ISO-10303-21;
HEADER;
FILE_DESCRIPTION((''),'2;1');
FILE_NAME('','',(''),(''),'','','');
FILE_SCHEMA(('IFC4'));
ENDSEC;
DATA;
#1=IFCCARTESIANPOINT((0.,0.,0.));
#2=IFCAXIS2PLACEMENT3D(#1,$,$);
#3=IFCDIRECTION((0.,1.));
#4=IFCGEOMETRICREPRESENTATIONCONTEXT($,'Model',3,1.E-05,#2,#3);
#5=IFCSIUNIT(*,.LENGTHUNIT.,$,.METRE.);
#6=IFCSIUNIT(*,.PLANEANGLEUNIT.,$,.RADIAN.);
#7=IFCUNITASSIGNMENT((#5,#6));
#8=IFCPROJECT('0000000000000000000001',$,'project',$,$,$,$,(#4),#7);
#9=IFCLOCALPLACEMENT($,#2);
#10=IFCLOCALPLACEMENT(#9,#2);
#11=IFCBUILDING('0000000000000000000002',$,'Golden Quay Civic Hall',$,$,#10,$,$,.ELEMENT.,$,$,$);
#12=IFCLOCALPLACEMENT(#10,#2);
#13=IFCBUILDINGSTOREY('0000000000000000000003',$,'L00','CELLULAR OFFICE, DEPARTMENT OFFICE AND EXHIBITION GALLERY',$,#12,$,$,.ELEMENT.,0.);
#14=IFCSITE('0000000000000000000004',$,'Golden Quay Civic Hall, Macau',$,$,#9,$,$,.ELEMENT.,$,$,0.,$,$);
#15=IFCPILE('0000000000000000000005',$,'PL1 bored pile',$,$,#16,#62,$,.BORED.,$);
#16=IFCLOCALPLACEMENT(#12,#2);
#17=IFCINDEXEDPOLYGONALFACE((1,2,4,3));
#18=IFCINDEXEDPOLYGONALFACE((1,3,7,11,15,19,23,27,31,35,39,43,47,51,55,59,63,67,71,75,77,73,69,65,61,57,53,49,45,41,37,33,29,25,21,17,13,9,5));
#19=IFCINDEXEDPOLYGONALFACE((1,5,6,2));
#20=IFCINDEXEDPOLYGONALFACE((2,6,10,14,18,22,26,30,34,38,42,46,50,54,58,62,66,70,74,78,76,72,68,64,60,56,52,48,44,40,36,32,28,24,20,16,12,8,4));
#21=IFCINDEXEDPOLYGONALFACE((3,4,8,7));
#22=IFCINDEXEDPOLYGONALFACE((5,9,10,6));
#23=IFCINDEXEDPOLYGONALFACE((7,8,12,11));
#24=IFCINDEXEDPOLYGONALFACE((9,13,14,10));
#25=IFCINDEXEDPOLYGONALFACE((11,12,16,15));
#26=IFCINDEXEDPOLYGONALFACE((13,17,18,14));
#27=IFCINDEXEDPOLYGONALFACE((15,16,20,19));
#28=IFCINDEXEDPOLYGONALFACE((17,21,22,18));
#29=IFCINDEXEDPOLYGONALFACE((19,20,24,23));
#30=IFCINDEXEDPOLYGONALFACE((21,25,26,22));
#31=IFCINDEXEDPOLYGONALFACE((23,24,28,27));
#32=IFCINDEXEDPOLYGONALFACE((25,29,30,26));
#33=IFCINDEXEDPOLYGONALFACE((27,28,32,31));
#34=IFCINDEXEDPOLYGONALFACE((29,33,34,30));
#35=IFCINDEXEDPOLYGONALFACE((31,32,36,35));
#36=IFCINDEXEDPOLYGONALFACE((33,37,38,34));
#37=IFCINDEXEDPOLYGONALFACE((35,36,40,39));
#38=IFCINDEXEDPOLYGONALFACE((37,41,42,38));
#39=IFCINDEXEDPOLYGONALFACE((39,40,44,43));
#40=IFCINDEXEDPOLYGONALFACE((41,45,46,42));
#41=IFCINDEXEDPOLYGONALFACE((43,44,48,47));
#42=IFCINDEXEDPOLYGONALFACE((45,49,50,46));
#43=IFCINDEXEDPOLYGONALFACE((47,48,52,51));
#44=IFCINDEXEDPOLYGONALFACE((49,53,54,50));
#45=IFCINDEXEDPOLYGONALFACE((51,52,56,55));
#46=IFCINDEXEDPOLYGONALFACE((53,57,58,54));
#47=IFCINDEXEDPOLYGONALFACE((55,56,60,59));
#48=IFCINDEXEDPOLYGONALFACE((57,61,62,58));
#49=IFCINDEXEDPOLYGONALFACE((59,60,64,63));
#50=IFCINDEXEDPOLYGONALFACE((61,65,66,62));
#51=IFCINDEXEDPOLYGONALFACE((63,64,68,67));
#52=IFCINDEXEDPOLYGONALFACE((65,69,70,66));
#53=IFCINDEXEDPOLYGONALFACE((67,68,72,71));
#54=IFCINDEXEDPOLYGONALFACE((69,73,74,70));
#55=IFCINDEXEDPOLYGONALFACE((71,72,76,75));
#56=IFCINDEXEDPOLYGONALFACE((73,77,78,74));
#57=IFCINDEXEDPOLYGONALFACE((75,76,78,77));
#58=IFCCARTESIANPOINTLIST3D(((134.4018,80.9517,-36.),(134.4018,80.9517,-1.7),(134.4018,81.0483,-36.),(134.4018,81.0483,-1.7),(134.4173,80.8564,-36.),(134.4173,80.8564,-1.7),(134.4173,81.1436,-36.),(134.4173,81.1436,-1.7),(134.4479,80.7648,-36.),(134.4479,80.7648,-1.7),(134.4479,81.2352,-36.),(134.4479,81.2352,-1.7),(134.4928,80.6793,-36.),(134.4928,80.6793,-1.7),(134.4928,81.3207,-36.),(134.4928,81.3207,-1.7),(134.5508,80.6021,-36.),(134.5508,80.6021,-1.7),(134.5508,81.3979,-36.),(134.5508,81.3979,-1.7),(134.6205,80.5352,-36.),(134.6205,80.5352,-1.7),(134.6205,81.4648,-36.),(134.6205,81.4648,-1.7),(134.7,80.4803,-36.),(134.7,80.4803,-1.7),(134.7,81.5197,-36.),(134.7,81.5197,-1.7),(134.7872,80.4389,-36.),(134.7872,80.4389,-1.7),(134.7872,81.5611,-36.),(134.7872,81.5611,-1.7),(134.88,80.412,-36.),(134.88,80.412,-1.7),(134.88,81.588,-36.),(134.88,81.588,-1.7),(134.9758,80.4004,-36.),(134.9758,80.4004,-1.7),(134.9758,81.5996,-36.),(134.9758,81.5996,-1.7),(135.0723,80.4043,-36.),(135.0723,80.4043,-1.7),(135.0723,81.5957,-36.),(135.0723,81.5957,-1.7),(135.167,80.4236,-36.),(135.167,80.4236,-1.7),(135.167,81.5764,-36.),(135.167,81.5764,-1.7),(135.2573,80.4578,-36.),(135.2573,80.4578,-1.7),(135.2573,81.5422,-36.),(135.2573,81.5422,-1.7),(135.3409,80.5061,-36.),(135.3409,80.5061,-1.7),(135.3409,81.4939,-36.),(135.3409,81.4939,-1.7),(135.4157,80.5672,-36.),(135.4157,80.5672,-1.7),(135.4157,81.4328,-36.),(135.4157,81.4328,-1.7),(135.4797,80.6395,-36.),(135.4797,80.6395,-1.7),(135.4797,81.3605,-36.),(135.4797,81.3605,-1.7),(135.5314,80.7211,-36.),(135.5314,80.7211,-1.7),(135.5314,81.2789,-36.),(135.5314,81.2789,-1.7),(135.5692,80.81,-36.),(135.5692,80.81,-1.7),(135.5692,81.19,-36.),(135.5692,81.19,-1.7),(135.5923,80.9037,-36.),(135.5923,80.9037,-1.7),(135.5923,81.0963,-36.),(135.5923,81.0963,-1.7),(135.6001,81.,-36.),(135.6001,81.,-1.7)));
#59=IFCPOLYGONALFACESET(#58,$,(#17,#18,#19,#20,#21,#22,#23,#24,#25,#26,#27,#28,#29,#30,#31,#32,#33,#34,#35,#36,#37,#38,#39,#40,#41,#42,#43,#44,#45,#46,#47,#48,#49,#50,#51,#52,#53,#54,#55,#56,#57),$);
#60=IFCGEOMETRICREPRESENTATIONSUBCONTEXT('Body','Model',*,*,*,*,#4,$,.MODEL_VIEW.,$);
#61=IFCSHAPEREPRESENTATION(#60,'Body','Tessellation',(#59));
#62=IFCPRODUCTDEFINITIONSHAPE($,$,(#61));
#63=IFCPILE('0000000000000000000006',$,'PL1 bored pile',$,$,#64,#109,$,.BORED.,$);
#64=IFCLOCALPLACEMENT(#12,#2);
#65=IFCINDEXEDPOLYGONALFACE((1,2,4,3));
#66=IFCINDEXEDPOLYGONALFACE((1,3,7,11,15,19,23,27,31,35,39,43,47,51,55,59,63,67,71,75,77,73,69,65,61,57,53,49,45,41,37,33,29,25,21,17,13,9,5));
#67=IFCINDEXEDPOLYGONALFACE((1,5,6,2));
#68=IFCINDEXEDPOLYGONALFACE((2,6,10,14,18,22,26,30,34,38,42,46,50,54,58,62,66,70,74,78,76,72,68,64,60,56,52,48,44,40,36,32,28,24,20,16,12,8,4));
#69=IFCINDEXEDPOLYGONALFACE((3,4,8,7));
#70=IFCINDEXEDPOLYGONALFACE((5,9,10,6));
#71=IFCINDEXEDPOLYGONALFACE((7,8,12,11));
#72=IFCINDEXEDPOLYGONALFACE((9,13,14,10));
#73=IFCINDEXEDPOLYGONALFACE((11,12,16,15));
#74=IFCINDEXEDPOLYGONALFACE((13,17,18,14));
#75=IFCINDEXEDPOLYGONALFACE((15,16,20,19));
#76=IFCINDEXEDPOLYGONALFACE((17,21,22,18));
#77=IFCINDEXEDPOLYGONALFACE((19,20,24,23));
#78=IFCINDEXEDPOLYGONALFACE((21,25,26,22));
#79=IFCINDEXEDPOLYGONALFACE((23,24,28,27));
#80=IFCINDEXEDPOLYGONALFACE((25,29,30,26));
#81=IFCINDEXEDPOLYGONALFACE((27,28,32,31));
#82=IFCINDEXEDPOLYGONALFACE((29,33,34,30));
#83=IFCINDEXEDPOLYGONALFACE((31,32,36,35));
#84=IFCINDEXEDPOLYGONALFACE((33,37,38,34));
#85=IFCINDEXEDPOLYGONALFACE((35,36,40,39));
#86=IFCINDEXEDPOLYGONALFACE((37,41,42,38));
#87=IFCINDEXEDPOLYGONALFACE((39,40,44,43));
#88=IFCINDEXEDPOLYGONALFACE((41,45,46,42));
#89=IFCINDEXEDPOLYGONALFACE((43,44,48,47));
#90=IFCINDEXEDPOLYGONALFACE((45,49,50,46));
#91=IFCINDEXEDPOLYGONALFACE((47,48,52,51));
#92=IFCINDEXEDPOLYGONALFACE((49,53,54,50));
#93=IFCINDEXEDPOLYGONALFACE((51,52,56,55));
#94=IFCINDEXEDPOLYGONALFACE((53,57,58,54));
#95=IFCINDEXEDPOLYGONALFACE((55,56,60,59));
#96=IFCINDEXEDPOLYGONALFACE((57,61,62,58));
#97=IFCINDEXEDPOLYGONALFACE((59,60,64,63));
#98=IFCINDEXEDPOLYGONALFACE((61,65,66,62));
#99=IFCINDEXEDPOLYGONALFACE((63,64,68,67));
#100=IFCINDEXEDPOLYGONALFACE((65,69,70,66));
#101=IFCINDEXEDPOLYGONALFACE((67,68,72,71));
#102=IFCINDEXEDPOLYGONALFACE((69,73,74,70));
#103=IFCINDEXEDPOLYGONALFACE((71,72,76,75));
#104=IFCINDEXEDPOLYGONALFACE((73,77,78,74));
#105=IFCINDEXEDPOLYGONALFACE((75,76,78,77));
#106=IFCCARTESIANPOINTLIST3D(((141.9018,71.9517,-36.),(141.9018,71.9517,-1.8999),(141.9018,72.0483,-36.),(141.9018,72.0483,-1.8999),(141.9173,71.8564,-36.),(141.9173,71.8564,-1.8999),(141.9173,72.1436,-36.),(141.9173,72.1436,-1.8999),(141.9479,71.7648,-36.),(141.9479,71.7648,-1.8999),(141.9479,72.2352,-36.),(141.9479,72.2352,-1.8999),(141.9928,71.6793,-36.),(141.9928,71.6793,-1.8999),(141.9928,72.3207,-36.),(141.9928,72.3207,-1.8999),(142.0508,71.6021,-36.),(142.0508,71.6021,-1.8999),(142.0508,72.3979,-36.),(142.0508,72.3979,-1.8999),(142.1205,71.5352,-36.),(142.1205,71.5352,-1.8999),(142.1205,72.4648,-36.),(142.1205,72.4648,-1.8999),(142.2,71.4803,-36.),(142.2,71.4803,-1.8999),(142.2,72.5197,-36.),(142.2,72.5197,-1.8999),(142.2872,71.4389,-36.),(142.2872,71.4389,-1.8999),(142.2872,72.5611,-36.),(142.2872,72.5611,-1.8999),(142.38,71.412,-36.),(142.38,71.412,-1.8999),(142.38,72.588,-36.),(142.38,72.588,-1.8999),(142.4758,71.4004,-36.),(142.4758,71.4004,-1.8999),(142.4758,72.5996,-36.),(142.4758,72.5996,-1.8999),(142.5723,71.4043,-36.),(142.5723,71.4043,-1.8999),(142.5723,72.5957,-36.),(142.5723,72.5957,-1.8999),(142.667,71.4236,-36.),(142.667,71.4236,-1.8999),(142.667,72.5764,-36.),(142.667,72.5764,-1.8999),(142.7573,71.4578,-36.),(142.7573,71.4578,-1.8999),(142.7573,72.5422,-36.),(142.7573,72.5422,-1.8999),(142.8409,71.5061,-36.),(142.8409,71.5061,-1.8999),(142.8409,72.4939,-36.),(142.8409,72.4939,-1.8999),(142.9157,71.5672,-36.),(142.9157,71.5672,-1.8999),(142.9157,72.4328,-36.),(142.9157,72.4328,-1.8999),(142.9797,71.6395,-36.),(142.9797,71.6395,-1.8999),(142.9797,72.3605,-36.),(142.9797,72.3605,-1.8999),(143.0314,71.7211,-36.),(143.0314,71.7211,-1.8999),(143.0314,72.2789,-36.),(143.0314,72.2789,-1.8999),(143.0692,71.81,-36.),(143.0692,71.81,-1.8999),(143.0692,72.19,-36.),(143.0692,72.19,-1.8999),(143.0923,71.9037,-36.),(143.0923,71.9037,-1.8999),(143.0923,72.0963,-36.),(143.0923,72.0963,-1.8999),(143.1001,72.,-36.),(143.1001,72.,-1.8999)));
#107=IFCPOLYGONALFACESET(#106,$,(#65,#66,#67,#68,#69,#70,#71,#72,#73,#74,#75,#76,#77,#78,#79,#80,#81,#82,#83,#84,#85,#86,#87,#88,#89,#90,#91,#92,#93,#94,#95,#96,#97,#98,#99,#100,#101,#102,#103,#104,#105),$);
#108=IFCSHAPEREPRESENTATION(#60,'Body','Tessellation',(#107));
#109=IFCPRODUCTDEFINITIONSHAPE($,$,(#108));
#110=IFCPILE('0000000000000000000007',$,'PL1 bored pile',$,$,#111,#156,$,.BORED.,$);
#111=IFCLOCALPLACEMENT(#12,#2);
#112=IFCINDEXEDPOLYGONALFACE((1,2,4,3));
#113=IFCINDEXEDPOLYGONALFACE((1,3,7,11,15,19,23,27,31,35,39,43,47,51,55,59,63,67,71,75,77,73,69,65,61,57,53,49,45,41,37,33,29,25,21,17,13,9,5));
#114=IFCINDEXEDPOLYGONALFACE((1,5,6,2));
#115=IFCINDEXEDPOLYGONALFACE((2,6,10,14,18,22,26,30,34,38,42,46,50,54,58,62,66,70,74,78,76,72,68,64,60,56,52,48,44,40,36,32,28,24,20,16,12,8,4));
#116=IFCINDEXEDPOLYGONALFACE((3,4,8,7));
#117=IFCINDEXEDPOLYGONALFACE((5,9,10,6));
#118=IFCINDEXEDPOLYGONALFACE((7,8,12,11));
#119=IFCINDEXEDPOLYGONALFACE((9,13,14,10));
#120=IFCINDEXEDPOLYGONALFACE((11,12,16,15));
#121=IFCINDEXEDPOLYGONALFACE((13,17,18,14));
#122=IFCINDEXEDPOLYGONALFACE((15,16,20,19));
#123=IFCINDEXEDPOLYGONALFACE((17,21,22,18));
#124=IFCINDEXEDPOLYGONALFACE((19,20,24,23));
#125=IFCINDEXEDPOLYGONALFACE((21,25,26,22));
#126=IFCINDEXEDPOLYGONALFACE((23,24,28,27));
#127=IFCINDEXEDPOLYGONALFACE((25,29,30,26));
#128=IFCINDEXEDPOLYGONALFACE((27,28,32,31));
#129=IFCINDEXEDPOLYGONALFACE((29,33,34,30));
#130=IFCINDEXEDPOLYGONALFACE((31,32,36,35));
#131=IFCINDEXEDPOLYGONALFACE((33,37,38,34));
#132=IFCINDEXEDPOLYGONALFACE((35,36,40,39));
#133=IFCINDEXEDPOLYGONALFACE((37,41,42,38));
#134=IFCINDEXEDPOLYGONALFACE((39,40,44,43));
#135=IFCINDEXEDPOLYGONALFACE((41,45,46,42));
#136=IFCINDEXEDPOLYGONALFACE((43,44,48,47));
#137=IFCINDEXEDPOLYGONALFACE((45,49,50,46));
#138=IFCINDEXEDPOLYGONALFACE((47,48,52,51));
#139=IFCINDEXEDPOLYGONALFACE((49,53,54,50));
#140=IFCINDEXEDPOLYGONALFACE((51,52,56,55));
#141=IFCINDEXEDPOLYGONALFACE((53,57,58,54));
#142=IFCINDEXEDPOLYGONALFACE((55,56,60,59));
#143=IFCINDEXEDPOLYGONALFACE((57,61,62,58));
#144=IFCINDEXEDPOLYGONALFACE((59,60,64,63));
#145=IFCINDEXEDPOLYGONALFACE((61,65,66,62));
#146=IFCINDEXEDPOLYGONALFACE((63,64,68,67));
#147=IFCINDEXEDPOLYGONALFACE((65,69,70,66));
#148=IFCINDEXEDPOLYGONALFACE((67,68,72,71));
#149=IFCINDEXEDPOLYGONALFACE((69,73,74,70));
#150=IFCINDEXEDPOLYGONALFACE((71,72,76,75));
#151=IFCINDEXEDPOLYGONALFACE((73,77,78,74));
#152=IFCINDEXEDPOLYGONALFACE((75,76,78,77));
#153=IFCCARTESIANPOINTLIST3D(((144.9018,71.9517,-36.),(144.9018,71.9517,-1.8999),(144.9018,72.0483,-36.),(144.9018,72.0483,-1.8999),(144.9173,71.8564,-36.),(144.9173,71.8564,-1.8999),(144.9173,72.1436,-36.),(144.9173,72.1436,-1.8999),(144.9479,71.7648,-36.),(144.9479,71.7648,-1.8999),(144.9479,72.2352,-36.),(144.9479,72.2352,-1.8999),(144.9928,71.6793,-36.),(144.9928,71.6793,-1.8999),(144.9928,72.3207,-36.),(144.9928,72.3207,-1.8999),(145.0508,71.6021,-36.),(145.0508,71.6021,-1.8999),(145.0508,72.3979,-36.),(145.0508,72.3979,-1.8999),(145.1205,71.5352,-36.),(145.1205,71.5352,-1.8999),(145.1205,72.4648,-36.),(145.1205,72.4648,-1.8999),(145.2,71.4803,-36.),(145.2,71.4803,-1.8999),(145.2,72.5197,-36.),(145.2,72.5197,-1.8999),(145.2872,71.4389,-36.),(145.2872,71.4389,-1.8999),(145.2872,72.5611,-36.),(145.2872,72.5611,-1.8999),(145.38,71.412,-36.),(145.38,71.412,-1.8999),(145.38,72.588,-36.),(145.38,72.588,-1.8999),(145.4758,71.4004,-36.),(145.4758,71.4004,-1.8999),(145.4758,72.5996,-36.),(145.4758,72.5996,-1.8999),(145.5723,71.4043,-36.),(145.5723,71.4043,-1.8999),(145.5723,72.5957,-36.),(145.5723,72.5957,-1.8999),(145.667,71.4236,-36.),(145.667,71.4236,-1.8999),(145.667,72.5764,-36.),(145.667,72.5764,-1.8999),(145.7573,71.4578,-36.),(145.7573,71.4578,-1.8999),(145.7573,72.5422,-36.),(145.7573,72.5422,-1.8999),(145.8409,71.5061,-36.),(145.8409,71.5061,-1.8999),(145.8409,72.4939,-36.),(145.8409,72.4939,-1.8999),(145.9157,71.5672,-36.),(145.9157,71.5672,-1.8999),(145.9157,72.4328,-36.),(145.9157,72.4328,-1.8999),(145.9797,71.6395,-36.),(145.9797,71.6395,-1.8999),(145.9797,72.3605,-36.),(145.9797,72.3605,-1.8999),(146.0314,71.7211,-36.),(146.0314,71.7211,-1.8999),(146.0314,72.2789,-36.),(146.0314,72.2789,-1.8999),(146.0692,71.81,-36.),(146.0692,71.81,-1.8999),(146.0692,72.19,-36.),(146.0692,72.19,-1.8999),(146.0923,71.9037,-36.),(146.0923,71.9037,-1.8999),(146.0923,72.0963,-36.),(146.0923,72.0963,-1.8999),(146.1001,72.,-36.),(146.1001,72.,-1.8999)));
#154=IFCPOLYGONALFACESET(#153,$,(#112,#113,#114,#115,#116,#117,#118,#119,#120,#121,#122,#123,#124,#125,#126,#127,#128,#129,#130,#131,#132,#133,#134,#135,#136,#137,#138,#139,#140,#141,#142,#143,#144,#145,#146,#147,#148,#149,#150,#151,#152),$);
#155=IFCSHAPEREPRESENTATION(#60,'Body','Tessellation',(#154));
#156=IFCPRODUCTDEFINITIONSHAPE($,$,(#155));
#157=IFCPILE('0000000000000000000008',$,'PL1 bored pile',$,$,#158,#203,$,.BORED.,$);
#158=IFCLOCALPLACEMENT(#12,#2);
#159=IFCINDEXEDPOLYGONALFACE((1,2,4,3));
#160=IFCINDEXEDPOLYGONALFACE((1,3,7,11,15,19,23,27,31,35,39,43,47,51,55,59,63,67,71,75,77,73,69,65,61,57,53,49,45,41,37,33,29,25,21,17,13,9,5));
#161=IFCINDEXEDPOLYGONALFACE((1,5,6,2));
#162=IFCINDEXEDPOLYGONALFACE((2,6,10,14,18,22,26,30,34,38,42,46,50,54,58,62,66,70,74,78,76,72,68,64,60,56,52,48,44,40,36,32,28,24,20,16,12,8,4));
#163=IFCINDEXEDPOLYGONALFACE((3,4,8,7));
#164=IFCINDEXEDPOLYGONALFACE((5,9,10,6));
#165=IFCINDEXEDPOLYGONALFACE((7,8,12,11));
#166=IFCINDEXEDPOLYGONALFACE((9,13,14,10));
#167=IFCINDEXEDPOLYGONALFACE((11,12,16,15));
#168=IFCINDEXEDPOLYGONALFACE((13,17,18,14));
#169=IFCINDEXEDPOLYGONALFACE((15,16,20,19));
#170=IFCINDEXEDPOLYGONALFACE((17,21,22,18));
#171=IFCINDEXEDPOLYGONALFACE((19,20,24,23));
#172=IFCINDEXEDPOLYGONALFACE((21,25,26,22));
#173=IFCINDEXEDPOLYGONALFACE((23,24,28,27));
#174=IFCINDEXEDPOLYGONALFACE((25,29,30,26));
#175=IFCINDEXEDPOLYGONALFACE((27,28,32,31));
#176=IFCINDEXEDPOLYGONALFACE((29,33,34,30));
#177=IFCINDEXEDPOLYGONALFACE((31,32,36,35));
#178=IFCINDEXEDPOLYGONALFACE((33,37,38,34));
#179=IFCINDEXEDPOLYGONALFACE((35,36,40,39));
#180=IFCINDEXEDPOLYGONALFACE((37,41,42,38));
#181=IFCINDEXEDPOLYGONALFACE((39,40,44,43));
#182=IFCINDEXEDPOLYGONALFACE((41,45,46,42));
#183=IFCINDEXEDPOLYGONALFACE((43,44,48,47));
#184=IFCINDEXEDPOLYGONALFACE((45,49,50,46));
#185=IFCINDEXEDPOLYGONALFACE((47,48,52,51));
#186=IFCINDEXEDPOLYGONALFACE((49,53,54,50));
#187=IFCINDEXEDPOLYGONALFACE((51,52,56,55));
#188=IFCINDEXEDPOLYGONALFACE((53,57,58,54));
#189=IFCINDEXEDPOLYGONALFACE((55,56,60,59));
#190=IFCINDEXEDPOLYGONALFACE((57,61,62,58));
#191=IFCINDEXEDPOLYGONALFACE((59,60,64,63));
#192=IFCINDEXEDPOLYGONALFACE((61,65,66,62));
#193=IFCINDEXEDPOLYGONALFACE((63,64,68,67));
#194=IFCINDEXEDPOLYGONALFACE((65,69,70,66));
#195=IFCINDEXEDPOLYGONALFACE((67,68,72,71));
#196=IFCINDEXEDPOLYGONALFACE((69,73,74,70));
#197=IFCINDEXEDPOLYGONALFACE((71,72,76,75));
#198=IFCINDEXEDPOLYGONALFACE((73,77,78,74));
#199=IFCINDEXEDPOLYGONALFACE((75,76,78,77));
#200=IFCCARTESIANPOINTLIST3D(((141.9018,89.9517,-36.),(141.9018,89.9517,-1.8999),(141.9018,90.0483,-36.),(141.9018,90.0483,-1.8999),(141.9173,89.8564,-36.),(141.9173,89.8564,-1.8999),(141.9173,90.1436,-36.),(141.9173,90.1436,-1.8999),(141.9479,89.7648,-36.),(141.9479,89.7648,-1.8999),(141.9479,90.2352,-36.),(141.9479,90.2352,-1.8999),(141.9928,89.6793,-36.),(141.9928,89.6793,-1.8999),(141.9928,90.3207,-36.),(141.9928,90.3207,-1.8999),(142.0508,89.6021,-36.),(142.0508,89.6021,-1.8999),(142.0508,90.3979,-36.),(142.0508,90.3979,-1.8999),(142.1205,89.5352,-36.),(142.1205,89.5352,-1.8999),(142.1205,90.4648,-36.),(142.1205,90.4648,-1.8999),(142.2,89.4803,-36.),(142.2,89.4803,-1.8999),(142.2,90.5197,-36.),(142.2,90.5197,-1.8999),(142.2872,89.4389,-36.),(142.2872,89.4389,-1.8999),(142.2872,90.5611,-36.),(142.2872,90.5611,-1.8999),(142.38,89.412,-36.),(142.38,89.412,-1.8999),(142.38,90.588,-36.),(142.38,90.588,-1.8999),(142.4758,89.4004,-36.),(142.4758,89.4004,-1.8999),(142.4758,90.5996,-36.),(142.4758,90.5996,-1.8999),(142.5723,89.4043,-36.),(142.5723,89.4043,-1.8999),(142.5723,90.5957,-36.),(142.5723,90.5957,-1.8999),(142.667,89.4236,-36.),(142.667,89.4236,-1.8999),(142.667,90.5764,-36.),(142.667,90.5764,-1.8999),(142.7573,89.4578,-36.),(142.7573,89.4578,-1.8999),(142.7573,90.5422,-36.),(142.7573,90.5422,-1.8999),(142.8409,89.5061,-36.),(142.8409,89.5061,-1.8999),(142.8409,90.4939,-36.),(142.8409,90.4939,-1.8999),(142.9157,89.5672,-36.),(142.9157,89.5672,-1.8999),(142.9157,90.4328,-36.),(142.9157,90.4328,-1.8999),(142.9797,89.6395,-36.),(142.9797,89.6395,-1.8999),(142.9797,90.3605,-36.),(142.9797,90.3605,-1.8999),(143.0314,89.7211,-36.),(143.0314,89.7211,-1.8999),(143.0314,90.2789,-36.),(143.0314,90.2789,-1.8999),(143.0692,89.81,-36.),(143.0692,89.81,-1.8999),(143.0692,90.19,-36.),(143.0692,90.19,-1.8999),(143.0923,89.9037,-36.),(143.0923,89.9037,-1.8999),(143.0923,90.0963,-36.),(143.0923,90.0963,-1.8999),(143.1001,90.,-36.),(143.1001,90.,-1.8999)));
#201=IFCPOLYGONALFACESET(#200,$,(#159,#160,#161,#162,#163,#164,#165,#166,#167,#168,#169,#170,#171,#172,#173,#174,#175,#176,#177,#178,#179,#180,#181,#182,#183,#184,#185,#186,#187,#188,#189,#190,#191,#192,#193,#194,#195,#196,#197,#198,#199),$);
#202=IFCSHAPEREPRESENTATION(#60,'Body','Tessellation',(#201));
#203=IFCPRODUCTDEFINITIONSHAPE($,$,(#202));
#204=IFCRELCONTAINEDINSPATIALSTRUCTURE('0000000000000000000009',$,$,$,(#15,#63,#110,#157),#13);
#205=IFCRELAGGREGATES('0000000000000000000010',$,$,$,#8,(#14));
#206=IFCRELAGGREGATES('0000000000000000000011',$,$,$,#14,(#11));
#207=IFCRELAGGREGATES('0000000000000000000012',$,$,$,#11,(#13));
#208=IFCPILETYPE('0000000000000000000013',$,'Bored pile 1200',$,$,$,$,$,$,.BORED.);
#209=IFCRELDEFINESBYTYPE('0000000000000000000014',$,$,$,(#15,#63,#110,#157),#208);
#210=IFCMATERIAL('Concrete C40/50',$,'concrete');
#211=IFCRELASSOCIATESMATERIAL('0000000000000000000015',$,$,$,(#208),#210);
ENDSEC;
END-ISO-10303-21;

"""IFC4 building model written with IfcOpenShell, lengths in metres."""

from ifc_helpers import new_model, si_unit, direction, frame, origin, origin_2d, place, context, subcontext, project, spatial, circle, extrude, material, material_profile, profile_set, type_object, element, save


model = new_model("IFC4")

# Units and contexts
model_context = context("Model", 3, precision=1e-05, world=origin(), true_north=direction((0.0, 1.0)))
body_context = subcontext(model_context, "Body", "Model", "MODEL_VIEW")
ifc_project = project(units=[si_unit("LENGTHUNIT", "METRE"), si_unit("PLANEANGLEUNIT", "RADIAN")], contexts=[model_context])

# Site, building, storey
site_placement = place(None, origin())
site = spatial("IfcSite", under=ifc_project, at=site_placement, Name="Golden Quay Civic Hall, Macau", CompositionType="ELEMENT", RefElevation=0.0)
building_placement = place(site_placement, origin())
building = spatial("IfcBuilding", under=site, at=building_placement, Name="Golden Quay Civic Hall", CompositionType="ELEMENT")
storey_placement = place(building_placement, origin())
storey = spatial("IfcBuildingStorey", under=building, at=storey_placement, Name="L00", Description="CELLULAR OFFICE, DEPARTMENT OFFICE AND EXHIBITION GALLERY", CompositionType="ELEMENT", Elevation=0.0)

# Piles
ifc_material_1 = material(Name="Concrete C40/50", Category="concrete")
ifc_material_profile_1 = material_profile(ifc_material_1, circle(Radius=0.6001, at=origin_2d()), Name="RC D1200")
ifc_profile_set_1 = profile_set([ifc_material_profile_1], Name="Concrete C40/50")
pile_type = type_object("IfcPileType", Name="Bored pile 1200", PredefinedType="BORED", material=ifc_profile_set_1)
pile_1_placement = place(storey_placement, frame((135.0, 81.0, -1.7), z_axis=(0.0, 0.0, -1.0), x_axis=(1.0, 0.0, 0.0)))
element("IfcPile", 1, at=pile_1_placement, inside=storey, type_object=pile_type, Name="PL1 bored pile", PredefinedType="BORED", context=body_context, shape_type="SweptSolid", body=[
    extrude(circle(Radius=0.6001, at=origin_2d()), origin(), (0.0, 0.0, 1.0), 34.3),
])
for number, where, z_axis, x_axis, name in (
    (2, (142.5, 72.0, -1.8999), (0.0, 0.0, -1.0), (1.0, 0.0, 0.0), "PL1 bored pile"),
    (3, (145.5, 72.0, -1.8999), (0.0, 0.0, -1.0), (1.0, 0.0, 0.0), "PL1 bored pile"),
    (4, (142.5, 90.0, -1.8999), (0.0, 0.0, -1.0), (1.0, 0.0, 0.0), "PL1 bored pile"),
):
    element("IfcPile", number, at=place(storey_placement, frame(where, z_axis=z_axis, x_axis=x_axis)), inside=storey, type_object=pile_type, Name=name, PredefinedType="BORED", context=body_context, shape_type="SweptSolid", body=[
        extrude(circle(Radius=0.6001, at=origin_2d()), origin(), (0.0, 0.0, 1.0), 34.1001),
    ])

save(model, "model.ifc")
